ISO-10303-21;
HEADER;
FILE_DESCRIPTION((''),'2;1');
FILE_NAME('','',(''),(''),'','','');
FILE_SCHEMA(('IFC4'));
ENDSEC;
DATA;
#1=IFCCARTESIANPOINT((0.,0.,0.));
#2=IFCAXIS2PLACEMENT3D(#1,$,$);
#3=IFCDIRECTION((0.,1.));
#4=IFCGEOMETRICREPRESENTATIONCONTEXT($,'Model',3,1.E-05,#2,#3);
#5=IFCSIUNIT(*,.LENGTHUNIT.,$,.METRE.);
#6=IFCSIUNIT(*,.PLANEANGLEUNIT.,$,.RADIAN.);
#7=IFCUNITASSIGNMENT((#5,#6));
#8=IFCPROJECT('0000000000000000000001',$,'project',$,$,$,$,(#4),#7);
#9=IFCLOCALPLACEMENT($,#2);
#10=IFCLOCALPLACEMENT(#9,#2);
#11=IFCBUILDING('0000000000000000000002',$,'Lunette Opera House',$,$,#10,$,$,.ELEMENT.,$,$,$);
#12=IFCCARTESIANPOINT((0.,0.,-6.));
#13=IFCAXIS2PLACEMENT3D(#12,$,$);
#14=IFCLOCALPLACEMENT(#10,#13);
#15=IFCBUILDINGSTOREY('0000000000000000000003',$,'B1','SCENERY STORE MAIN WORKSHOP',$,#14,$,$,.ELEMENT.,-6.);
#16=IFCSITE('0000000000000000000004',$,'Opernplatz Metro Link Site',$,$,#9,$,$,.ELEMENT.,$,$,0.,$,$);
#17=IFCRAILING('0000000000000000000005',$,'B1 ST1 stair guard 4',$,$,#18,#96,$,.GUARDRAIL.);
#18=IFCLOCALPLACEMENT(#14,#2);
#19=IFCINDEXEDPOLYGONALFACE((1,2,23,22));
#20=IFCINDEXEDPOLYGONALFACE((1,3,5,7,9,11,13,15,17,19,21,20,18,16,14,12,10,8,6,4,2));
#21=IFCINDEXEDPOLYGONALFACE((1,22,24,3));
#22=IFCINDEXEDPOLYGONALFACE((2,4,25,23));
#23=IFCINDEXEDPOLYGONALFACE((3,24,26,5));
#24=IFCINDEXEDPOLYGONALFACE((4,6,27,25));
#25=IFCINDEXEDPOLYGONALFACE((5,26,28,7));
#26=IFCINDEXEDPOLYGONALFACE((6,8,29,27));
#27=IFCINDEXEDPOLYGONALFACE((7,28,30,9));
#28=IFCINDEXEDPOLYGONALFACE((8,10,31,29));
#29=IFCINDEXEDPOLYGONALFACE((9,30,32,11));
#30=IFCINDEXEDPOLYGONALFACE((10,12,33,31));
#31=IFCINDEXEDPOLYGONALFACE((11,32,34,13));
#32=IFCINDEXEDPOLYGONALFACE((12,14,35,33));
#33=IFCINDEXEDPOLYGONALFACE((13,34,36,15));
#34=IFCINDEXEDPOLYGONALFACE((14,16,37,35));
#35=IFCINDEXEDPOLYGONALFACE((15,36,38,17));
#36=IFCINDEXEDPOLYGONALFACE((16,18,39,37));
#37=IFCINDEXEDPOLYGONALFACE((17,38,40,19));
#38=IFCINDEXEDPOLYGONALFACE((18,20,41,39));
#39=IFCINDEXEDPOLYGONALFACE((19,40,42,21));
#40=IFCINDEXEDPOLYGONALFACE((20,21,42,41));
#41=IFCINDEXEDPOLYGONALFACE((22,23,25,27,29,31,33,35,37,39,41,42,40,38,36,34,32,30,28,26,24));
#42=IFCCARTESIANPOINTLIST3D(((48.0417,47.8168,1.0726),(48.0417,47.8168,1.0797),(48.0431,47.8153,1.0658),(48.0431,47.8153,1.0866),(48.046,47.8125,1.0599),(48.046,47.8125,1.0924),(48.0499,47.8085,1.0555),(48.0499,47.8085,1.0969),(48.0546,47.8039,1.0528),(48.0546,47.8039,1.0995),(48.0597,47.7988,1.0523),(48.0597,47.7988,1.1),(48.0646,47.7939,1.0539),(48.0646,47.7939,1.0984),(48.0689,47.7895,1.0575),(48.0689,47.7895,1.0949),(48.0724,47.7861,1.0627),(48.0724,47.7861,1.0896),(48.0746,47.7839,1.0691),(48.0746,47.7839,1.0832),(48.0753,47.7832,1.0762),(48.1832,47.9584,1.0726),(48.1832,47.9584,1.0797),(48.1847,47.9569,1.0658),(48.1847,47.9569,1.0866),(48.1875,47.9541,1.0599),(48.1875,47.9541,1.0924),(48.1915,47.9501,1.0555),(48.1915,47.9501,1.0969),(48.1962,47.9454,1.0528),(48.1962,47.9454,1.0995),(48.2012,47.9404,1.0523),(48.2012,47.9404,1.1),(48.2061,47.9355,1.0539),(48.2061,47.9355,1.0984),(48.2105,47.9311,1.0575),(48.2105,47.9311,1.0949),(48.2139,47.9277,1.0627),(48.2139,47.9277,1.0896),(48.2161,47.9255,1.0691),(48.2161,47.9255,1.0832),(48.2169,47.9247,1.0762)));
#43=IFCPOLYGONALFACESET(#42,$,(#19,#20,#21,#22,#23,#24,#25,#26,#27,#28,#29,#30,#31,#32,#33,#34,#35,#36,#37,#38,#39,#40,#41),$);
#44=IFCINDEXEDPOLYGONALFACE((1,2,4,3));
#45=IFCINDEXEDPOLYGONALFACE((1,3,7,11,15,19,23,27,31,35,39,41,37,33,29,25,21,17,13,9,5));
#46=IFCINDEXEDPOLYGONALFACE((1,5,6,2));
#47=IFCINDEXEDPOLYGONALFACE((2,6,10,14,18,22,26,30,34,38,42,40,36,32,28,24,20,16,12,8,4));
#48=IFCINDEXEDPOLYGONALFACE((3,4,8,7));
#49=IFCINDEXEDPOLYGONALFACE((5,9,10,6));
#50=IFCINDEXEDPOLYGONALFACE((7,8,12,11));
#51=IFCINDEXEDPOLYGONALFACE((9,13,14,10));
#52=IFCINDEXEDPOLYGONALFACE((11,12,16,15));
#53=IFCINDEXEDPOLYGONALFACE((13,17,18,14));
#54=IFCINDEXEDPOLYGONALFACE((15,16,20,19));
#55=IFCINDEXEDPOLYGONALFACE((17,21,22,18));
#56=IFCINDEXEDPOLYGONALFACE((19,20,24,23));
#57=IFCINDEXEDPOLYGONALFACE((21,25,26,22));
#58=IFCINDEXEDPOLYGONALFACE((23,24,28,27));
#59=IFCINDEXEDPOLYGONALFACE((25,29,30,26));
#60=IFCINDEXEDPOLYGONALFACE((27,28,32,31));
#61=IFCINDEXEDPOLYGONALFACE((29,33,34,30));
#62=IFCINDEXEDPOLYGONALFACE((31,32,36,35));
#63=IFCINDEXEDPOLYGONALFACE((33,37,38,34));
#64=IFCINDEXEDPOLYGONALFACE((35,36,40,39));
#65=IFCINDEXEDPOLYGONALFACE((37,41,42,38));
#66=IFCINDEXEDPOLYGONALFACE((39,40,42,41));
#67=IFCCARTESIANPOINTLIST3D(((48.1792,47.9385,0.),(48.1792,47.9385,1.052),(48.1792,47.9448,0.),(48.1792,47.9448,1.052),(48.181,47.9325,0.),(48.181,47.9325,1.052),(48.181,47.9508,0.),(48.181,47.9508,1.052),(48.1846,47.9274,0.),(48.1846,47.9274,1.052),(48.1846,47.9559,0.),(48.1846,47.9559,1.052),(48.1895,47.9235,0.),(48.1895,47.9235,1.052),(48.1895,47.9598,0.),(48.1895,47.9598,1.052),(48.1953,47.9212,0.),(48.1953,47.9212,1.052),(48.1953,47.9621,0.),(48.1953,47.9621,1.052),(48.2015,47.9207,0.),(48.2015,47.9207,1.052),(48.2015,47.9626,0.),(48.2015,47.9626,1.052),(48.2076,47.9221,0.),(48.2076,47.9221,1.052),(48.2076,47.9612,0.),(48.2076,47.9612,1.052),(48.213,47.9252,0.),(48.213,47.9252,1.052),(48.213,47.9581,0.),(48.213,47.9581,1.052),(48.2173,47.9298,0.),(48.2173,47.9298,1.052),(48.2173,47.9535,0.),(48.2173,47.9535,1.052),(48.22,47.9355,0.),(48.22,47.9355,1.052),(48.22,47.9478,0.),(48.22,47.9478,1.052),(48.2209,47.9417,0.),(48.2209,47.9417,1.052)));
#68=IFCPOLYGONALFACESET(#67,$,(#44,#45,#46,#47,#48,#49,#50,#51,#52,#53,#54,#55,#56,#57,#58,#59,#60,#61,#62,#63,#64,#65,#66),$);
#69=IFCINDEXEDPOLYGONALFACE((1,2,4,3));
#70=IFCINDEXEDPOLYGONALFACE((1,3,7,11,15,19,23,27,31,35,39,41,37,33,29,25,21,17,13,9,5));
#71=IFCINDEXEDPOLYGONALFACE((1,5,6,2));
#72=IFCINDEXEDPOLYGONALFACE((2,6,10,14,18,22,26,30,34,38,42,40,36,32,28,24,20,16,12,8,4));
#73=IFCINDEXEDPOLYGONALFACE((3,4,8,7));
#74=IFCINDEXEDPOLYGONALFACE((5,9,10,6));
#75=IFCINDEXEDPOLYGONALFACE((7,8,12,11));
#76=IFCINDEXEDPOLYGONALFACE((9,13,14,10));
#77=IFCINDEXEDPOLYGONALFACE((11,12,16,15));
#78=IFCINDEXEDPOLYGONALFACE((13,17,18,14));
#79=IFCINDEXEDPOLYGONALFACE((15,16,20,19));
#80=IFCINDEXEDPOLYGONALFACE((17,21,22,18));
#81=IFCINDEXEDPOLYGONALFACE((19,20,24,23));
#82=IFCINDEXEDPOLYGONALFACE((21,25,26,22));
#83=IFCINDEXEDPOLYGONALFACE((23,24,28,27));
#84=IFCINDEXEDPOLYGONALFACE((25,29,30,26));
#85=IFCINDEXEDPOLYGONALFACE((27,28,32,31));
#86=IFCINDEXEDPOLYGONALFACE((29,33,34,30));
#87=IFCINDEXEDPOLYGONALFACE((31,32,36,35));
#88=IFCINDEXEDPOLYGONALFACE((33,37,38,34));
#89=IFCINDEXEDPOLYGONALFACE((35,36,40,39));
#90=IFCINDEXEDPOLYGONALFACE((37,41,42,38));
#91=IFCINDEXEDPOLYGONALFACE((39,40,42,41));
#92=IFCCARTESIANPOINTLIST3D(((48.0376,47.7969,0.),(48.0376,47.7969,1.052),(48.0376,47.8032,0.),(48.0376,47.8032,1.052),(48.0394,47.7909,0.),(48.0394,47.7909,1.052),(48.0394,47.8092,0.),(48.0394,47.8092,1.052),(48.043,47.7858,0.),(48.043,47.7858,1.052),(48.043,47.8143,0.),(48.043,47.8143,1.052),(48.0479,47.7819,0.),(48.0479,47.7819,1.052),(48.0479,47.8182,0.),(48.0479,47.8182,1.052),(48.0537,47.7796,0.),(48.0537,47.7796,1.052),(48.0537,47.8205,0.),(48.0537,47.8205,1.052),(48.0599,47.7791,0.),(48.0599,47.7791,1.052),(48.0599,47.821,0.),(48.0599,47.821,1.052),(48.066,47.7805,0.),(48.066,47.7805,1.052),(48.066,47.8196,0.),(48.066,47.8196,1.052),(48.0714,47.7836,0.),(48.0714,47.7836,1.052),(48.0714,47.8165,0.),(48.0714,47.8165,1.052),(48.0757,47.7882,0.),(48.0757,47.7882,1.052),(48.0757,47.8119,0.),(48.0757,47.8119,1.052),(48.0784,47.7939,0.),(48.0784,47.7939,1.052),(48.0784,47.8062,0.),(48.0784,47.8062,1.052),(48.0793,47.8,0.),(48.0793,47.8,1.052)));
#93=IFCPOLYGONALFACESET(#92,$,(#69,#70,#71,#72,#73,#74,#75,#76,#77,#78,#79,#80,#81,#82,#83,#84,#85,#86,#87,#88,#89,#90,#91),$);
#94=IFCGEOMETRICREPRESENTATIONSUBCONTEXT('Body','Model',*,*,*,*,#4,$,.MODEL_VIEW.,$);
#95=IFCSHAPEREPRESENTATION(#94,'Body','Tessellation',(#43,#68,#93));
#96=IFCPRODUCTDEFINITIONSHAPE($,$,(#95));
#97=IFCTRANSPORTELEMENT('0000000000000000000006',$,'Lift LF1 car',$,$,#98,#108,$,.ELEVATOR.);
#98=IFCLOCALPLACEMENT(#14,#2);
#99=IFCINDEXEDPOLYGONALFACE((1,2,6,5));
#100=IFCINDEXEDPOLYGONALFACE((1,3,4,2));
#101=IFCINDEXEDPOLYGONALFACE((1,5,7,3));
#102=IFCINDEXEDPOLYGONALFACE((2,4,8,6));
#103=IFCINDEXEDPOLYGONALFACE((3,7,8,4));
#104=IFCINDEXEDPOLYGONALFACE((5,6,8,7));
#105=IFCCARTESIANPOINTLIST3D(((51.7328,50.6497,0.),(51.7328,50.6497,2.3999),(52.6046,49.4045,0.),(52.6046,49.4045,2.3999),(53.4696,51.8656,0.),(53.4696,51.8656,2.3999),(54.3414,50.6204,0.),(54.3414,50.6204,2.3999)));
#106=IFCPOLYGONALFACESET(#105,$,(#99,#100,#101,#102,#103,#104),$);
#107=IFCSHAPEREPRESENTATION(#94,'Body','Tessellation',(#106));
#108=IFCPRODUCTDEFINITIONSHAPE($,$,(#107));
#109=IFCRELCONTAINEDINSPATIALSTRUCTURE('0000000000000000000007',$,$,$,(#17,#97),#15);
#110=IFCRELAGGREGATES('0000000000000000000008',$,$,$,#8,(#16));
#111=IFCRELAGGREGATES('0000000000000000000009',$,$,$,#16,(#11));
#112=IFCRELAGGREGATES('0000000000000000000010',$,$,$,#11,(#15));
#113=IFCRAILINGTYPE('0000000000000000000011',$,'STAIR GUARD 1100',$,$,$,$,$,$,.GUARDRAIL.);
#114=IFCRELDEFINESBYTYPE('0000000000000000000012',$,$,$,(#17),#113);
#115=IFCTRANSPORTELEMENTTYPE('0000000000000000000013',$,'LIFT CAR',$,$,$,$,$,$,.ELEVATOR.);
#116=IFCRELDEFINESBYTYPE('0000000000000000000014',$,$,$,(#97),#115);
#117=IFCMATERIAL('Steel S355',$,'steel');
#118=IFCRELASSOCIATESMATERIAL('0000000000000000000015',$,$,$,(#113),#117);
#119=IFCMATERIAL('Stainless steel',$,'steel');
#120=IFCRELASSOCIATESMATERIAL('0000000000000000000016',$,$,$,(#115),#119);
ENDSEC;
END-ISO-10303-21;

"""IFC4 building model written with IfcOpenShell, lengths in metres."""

from ifc_helpers import new_model, si_unit, direction, frame, origin, origin_2d, place, context, subcontext, project, spatial, rectangle, circle, extrude, material, type_object, element, save


model = new_model("IFC4")

# Units and contexts
model_context = context("Model", 3, precision=1e-05, world=origin(), true_north=direction((0.0, 1.0)))
body_context = subcontext(model_context, "Body", "Model", "MODEL_VIEW")
ifc_project = project(units=[si_unit("LENGTHUNIT", "METRE"), si_unit("PLANEANGLEUNIT", "RADIAN")], contexts=[model_context])

# Site, building, storey
site_placement = place(None, origin())
site = spatial("IfcSite", under=ifc_project, at=site_placement, Name="Opernplatz Metro Link Site", CompositionType="ELEMENT", RefElevation=0.0)
building_placement = place(site_placement, origin())
building = spatial("IfcBuilding", under=site, at=building_placement, Name="Lunette Opera House", CompositionType="ELEMENT")
storey_placement = place(building_placement, frame((0.0, 0.0, -6.0)))
storey = spatial("IfcBuildingStorey", under=building, at=storey_placement, Name="B1", Description="SCENERY STORE MAIN WORKSHOP", CompositionType="ELEMENT", Elevation=-6.0)

# Railing
ifc_material_1 = material(Name="Steel S355", Category="steel")
railing_type_1 = type_object("IfcRailingType", Name="STAIR GUARD 1100", PredefinedType="GUARDRAIL", material=ifc_material_1)
railing_1_placement = place(storey_placement, frame((48.2, 47.9417, 0.0)))
element("IfcRailing", 1, at=railing_1_placement, inside=storey, type_object=railing_type_1, Name="B1 ST1 stair guard 4", PredefinedType="GUARDRAIL", context=body_context, shape_type="SweptSolid", body=[
    extrude(circle(Radius=0.0239, at=origin_2d()), frame((0.0, 0.0, 1.0762), z_axis=(-0.707107, -0.707107, 0.0), x_axis=(0.707107, -0.707107, 0.0)), (0.0, 0.0, 1.0), 0.2002),
    extrude(circle(Radius=0.021, at=origin_2d()), origin(), (0.0, 0.0, 1.0), 1.052),
    extrude(circle(Radius=0.021, at=origin_2d()), frame((-0.1416, -0.1416, 0.0)), (0.0, 0.0, 1.0), 1.052),
])

# Transport element
ifc_material_2 = material(Name="Stainless steel", Category="steel")
transport_element_type = type_object("IfcTransportElementType", Name="LIFT CAR", PredefinedType="ELEVATOR", material=ifc_material_2)
transport_element_placement = place(storey_placement, frame((53.0371, 50.635, 0.0), z_axis=(0.0, 0.0, 1.0), x_axis=(0.819202, 0.573505, 0.0)))
element("IfcTransportElement", 2, at=transport_element_placement, inside=storey, type_object=transport_element_type, Name="Lift LF1 car", PredefinedType="ELEVATOR", context=body_context, shape_type="SweptSolid", body=[
    extrude(rectangle(XDim=2.1201, YDim=1.52, at=origin_2d()), origin(), (0.0, 0.0, 1.0), 2.3999),
])

save(model, "model.ifc")
